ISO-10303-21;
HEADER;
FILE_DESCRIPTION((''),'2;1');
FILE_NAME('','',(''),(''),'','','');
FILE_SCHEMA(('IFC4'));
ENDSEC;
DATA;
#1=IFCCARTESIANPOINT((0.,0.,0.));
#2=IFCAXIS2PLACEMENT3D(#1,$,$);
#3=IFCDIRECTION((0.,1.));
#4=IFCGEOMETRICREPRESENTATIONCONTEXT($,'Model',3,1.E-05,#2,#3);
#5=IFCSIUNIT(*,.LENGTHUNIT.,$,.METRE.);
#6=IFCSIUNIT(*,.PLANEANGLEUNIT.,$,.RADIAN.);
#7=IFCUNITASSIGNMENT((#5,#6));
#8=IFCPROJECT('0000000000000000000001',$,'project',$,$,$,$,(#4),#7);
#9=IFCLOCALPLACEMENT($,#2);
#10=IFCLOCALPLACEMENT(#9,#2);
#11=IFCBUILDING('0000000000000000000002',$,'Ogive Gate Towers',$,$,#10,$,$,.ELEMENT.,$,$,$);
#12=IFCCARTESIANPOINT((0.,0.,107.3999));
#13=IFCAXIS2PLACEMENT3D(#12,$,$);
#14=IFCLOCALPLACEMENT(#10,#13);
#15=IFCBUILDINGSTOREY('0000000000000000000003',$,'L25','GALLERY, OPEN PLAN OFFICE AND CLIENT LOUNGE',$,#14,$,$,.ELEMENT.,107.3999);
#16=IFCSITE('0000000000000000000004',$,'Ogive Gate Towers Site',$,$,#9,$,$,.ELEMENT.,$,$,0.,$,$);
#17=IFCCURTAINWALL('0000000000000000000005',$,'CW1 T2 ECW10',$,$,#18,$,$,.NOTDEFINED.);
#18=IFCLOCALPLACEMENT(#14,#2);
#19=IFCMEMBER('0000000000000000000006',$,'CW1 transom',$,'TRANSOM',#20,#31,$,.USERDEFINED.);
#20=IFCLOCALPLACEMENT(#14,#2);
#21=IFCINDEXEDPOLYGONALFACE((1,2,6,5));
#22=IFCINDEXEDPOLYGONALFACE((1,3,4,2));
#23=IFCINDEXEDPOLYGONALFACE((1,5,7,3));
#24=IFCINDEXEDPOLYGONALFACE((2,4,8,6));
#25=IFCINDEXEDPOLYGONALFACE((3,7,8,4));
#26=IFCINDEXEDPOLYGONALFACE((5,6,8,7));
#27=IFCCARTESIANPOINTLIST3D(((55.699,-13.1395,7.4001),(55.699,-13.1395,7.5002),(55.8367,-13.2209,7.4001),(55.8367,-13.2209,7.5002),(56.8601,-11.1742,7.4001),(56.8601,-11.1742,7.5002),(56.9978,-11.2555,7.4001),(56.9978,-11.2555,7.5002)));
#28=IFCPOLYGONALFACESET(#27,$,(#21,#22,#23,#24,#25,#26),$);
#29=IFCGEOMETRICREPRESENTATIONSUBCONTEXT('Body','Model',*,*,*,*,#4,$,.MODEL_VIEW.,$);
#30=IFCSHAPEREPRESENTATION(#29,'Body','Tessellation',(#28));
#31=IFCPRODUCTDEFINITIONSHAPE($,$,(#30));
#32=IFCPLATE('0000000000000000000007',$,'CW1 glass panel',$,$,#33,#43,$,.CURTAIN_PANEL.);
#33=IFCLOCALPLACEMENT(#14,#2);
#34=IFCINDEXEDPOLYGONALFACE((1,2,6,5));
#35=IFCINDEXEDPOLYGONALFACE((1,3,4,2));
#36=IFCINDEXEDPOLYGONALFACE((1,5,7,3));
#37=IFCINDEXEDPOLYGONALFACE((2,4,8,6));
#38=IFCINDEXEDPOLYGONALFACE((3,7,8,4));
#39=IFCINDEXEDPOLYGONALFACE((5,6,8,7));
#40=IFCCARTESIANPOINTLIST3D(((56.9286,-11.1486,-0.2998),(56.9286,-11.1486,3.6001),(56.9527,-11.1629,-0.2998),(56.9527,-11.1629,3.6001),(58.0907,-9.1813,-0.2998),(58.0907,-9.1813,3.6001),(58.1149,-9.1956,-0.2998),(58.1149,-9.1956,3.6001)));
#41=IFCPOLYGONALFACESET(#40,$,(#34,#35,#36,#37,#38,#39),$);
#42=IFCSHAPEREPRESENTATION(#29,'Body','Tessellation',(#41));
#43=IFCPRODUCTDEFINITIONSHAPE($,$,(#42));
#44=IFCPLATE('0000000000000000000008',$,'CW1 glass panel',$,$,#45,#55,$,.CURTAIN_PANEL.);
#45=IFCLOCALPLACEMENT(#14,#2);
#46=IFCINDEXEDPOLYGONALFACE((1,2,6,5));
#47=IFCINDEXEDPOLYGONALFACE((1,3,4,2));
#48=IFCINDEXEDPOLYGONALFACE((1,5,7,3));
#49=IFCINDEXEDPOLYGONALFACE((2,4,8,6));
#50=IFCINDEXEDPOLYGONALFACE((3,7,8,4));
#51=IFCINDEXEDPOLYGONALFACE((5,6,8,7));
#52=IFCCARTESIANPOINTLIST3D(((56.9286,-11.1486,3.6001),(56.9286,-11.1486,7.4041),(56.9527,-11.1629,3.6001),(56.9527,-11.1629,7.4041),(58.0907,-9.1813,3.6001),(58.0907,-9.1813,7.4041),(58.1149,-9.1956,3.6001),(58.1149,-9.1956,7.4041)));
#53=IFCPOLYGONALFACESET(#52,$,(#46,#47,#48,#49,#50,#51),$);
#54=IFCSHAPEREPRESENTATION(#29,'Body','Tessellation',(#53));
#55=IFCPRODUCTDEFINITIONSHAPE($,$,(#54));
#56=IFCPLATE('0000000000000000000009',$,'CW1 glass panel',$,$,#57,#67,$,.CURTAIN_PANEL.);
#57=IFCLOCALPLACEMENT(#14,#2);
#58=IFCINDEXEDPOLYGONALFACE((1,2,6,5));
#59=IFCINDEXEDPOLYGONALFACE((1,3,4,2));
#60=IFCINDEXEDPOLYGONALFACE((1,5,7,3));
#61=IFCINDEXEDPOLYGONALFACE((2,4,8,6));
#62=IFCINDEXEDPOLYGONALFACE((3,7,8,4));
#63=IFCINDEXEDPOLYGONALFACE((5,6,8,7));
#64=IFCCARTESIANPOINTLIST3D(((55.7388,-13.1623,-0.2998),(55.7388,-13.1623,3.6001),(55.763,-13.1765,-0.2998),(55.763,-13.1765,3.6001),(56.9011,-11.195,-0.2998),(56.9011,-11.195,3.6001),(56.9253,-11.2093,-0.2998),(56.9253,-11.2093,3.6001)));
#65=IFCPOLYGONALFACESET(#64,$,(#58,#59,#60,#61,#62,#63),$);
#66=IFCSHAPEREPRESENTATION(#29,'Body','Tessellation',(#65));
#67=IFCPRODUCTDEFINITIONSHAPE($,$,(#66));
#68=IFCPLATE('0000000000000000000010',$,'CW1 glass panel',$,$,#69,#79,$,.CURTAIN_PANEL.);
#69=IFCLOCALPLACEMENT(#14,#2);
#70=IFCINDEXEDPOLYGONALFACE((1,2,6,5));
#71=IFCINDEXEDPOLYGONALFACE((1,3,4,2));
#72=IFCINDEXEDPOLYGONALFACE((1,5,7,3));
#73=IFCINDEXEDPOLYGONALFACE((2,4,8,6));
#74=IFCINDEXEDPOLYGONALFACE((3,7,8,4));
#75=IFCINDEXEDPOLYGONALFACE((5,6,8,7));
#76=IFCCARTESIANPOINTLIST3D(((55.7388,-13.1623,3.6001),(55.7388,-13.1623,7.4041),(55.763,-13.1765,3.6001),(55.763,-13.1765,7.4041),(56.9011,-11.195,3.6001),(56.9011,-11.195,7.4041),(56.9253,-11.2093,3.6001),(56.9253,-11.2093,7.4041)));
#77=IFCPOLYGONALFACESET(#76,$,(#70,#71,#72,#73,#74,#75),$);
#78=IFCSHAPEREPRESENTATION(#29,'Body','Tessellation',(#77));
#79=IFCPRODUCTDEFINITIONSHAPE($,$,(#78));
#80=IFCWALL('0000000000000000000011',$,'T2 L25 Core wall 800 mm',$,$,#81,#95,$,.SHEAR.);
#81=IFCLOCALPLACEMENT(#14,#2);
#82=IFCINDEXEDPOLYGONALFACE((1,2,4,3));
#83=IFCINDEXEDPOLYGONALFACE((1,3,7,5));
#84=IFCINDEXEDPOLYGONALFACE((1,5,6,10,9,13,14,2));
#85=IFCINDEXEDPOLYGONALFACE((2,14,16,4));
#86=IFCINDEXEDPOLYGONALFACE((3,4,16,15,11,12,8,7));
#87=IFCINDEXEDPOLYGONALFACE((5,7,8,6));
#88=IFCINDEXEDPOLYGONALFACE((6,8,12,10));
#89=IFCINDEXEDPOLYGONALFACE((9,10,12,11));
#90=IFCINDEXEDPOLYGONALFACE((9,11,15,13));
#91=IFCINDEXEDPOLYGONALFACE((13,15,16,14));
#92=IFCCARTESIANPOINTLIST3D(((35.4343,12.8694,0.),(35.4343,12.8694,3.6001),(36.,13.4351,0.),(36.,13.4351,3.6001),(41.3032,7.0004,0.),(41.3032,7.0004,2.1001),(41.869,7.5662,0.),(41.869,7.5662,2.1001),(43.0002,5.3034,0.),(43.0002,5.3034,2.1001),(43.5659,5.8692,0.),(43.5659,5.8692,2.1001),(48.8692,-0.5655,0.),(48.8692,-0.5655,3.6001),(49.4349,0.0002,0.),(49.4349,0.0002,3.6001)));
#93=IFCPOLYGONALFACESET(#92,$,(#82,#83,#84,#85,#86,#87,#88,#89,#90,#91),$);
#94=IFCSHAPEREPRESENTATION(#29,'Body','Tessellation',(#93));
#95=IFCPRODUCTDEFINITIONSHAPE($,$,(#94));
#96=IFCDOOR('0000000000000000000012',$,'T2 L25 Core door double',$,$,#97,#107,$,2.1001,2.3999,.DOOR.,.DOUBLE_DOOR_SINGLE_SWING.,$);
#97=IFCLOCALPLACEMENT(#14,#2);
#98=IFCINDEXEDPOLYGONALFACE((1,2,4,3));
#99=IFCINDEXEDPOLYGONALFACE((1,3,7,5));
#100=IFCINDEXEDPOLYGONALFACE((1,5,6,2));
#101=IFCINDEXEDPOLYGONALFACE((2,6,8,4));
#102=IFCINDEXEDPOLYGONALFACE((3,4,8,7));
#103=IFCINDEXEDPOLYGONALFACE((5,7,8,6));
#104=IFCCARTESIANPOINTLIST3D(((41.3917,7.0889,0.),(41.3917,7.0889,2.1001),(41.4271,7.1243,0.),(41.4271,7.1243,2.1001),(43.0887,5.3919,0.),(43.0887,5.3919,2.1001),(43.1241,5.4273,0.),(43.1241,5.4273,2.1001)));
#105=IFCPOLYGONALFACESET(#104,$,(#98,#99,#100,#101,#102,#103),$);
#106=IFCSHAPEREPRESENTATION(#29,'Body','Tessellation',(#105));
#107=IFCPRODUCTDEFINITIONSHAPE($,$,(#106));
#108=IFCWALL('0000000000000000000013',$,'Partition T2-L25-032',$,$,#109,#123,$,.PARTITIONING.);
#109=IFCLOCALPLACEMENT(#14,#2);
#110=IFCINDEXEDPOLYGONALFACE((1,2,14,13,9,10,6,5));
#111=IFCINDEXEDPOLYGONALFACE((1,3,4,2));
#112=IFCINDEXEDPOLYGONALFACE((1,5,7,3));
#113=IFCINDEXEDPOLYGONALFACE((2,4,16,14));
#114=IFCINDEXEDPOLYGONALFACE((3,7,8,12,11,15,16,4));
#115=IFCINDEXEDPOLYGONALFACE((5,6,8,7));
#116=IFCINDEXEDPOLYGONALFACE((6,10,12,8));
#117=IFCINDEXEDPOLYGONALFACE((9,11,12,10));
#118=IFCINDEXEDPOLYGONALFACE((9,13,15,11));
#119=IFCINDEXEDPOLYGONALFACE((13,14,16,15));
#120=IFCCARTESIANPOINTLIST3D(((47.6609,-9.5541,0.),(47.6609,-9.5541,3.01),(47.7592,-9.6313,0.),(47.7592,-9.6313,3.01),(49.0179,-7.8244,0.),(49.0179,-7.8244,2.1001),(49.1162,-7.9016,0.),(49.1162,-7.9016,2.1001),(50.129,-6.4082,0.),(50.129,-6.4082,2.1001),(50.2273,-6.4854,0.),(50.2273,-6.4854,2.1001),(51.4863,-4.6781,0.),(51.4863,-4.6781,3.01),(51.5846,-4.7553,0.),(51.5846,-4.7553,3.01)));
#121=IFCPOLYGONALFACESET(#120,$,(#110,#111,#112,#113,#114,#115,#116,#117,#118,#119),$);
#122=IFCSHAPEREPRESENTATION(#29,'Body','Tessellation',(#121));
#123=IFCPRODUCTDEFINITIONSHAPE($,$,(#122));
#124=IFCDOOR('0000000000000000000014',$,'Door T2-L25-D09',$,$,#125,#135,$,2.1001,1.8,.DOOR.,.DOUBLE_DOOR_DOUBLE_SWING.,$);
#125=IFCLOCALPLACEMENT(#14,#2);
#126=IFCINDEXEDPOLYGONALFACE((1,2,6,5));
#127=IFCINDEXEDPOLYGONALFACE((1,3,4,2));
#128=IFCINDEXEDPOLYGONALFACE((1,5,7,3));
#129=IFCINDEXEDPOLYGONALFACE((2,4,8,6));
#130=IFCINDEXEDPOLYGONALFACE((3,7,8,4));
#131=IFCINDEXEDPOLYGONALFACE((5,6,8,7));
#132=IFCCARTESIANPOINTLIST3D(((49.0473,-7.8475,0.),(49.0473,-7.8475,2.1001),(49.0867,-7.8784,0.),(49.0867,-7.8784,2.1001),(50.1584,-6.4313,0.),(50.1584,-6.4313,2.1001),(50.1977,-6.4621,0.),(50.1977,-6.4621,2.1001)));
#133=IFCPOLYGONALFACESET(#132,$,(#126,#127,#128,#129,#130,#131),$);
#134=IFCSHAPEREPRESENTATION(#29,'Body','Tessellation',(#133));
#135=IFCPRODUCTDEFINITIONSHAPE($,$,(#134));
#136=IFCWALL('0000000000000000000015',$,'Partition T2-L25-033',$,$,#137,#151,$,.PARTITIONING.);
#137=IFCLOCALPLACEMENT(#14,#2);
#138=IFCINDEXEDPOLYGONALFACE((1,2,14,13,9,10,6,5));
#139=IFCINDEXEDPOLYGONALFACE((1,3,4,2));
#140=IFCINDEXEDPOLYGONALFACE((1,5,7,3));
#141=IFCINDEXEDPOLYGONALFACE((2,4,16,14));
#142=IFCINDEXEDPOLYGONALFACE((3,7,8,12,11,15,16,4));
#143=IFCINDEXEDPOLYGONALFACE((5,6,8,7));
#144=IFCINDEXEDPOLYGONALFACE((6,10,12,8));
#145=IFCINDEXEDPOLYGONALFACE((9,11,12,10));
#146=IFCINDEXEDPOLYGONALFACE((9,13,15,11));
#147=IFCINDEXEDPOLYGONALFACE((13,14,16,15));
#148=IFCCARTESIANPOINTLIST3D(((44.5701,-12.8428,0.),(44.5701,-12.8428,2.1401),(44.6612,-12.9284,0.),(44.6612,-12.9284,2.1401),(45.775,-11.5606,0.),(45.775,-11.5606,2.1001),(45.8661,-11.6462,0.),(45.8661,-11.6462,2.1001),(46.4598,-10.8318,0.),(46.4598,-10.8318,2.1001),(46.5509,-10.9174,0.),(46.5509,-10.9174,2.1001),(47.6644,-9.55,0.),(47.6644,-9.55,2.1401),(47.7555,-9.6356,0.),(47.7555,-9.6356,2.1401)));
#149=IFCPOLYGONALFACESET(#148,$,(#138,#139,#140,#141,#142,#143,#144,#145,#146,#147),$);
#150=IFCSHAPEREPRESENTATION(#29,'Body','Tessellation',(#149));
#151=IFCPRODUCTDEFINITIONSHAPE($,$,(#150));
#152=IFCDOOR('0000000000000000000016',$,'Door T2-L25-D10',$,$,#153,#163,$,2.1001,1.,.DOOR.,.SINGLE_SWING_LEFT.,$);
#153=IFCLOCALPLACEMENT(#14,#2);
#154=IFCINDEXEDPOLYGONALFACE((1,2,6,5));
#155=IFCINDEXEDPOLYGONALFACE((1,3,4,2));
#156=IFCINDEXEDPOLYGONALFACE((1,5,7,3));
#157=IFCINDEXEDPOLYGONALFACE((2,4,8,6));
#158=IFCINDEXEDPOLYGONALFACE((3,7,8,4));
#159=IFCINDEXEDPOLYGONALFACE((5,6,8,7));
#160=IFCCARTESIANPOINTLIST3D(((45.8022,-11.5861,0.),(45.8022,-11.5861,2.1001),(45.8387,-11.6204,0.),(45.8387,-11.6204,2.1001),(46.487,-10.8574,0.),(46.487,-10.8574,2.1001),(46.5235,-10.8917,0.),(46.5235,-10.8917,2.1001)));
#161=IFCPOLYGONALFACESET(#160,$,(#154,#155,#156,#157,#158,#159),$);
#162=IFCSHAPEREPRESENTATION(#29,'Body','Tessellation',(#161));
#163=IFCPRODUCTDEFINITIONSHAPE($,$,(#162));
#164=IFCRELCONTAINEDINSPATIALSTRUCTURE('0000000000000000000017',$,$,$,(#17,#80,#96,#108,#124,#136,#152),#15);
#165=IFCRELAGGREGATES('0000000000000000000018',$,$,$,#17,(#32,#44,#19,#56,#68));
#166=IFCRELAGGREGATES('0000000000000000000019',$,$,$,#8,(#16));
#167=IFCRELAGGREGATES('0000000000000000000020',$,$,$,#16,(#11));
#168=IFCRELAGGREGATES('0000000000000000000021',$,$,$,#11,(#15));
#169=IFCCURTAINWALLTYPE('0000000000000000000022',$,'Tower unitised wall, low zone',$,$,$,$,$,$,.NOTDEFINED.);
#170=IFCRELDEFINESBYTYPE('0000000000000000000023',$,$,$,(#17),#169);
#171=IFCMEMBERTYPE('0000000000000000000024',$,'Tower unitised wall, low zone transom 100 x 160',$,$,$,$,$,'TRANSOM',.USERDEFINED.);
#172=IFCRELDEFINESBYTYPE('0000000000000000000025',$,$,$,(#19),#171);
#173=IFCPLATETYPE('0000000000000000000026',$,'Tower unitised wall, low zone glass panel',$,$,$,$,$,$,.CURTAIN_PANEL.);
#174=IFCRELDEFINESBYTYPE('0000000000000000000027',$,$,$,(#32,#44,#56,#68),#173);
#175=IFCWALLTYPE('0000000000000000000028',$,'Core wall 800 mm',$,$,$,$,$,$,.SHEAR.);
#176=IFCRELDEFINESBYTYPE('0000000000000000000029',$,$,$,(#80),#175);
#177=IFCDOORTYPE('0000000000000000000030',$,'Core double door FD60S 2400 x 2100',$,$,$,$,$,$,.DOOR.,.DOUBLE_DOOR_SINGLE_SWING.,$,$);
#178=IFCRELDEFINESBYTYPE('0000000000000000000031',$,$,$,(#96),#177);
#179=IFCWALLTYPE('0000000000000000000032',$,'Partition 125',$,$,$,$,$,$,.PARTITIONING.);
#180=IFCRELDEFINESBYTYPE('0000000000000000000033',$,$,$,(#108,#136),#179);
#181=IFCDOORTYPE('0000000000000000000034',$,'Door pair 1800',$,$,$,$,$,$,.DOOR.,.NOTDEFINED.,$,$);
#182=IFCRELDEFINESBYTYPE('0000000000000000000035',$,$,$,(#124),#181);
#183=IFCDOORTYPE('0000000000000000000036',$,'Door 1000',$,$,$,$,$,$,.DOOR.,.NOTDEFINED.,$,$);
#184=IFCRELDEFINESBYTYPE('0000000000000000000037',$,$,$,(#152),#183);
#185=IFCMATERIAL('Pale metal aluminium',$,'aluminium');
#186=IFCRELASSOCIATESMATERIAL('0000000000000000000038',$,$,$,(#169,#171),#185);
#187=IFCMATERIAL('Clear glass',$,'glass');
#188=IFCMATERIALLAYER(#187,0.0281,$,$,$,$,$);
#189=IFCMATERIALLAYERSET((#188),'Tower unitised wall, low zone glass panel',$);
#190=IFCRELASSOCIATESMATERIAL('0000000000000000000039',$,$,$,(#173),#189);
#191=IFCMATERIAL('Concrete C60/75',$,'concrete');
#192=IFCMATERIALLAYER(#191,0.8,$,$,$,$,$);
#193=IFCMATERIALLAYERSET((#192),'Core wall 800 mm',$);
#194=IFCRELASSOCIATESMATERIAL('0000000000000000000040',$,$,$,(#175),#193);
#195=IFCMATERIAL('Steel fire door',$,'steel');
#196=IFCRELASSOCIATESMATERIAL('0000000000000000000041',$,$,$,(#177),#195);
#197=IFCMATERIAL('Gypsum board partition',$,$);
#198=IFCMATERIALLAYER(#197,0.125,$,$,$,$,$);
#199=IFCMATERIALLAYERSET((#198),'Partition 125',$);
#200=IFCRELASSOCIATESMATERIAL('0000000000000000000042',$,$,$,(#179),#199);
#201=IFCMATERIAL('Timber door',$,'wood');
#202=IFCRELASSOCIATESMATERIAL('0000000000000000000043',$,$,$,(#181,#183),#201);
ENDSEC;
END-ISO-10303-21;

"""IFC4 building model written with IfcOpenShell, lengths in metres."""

from ifc_helpers import new_model, si_unit, direction, frame, frame_2d, origin, origin_2d, place, context, subcontext, project, spatial, rectangle, extrude, material, layer, layer_set, material_profile, profile_set, type_object, element, fill, aggregate, save


model = new_model("IFC4")

# Units and contexts
model_context = context("Model", 3, precision=1e-05, world=origin(), true_north=direction((0.0, 1.0)))
body_context = subcontext(model_context, "Body", "Model", "MODEL_VIEW")
ifc_project = project(units=[si_unit("LENGTHUNIT", "METRE"), si_unit("PLANEANGLEUNIT", "RADIAN")], contexts=[model_context])

# Site, building, storey
site_placement = place(None, origin())
site = spatial("IfcSite", under=ifc_project, at=site_placement, Name="Ogive Gate Towers Site", CompositionType="ELEMENT", RefElevation=0.0)
building_placement = place(site_placement, origin())
building = spatial("IfcBuilding", under=site, at=building_placement, Name="Ogive Gate Towers", CompositionType="ELEMENT")
storey_placement = place(building_placement, frame((0.0, 0.0, 107.3999)))
storey = spatial("IfcBuildingStorey", under=building, at=storey_placement, Name="L25", Description="GALLERY, OPEN PLAN OFFICE AND CLIENT LOUNGE", CompositionType="ELEMENT", Elevation=107.3999)

# Curtain wall, member, plates
ifc_material_1 = material(Name="Pale metal aluminium", Category="aluminium")
curtain_wall_type = type_object("IfcCurtainWallType", Name="Tower unitised wall, low zone", PredefinedType="NOTDEFINED", material=ifc_material_1)
curtain_wall_placement = place(storey_placement, origin())
curtain_wall = element("IfcCurtainWall", 1, at=curtain_wall_placement, inside=storey, type_object=curtain_wall_type, Name="CW1 T2 ECW10", PredefinedType="NOTDEFINED")
ifc_material_profile_1 = material_profile(ifc_material_1, rectangle(XDim=0.1599, YDim=0.1001, at=origin_2d()), Name="100 x 160 aluminium box")
ifc_profile_set_1 = profile_set([ifc_material_profile_1], Name="Pale metal aluminium")
member_type_1 = type_object("IfcMemberType", Name="Tower unitised wall, low zone transom 100 x 160", ElementType="TRANSOM", PredefinedType="USERDEFINED", material=ifc_profile_set_1)
member_1_placement = place(storey_placement, frame((56.929, -11.2148, 7.4502), z_axis=(-0.508664, -0.860965, 0.0), x_axis=(0.860965, -0.508664, 0.0)))
member_1 = element("IfcMember", 2, at=member_1_placement, type_object=member_type_1, Name="CW1 transom", ObjectType="TRANSOM", PredefinedType="USERDEFINED", context=body_context, shape_type="SweptSolid", body=[
    extrude(rectangle(XDim=0.1599, YDim=0.1001, at=origin_2d()), origin(), (0.0, 0.0, 1.0), 2.2827),
])
ifc_material_2 = material(Name="Clear glass", Category="glass")
ifc_layer_1 = layer(ifc_material_2, 0.0281)
ifc_layer_set_1 = layer_set([ifc_layer_1], Name="Tower unitised wall, low zone glass panel")
plate_type = type_object("IfcPlateType", Name="Tower unitised wall, low zone glass panel", PredefinedType="CURTAIN_PANEL", material=ifc_layer_set_1)
plate_1_placement = place(storey_placement, frame((57.5217, -10.1721, -0.2998), z_axis=(0.0, 0.0, 1.0), x_axis=(-0.508621, -0.860991, 0.0)))
plate_1 = element("IfcPlate", 3, at=plate_1_placement, type_object=plate_type, Name="CW1 glass panel", PredefinedType="CURTAIN_PANEL", context=body_context, shape_type="SweptSolid", body=[
    extrude(rectangle(XDim=2.2849, YDim=0.0281, at=origin_2d()), origin(), (0.0, 0.0, 1.0), 3.8999),
])
plate_2_placement = place(storey_placement, frame((57.5217, -10.1721, 3.6001), z_axis=(0.0, 0.0, 1.0), x_axis=(-0.508621, -0.860991, 0.0)))
plate_2 = element("IfcPlate", 4, at=plate_2_placement, type_object=plate_type, Name="CW1 glass panel", PredefinedType="CURTAIN_PANEL", context=body_context, shape_type="SweptSolid", body=[
    extrude(rectangle(XDim=2.2849, YDim=0.0281, at=origin_2d()), origin(), (0.0, 0.0, 1.0), 3.804),
])
plate_3_placement = place(storey_placement, frame((56.332, -12.1858, -0.2998), z_axis=(0.0, 0.0, 1.0), x_axis=(-0.508681, -0.860955, 0.0)))
plate_3 = element("IfcPlate", 5, at=plate_3_placement, type_object=plate_type, Name="CW1 glass panel", PredefinedType="CURTAIN_PANEL", context=body_context, shape_type="SweptSolid", body=[
    extrude(rectangle(XDim=2.2849, YDim=0.0281, at=origin_2d()), origin(), (0.0, 0.0, 1.0), 3.8999),
])
plate_4_placement = place(storey_placement, frame((56.332, -12.1858, 3.6001), z_axis=(0.0, 0.0, 1.0), x_axis=(-0.508681, -0.860955, 0.0)))
plate_4 = element("IfcPlate", 6, at=plate_4_placement, type_object=plate_type, Name="CW1 glass panel", PredefinedType="CURTAIN_PANEL", context=body_context, shape_type="SweptSolid", body=[
    extrude(rectangle(XDim=2.2849, YDim=0.0281, at=origin_2d()), origin(), (0.0, 0.0, 1.0), 3.804),
])
aggregate(curtain_wall, [plate_1, plate_2, member_1, plate_3, plate_4])

# Walls, openings, doors
ifc_material_3 = material(Name="Concrete C60/75", Category="concrete")
ifc_layer_2 = layer(ifc_material_3, 0.8)
ifc_layer_set_2 = layer_set([ifc_layer_2], Name="Core wall 800 mm")
wall_type_1 = type_object("IfcWallType", Name="Core wall 800 mm", PredefinedType="SHEAR", material=ifc_layer_set_2)
wall_1_placement = place(storey_placement, frame((49.1521, -0.2827, 0.0), z_axis=(0.0, 0.0, 1.0), x_axis=(-0.707107, 0.707107, 0.0)))
wall_1 = element("IfcWall", 7, at=wall_1_placement, inside=storey, type_object=wall_type_1, Name="T2 L25 Core wall 800 mm", PredefinedType="SHEAR", context=body_context, shape_type="SweptSolid", body=[
    extrude(rectangle(XDim=18.9998, YDim=0.8, at=frame_2d((9.5, 0.0))), origin(), (0.0, 0.0, 1.0), 3.6001),
])
opening_1_placement = place(wall_1_placement, frame((8.3, 0.0, 0.0)))
opening_1 = element("IfcOpeningElement", 8, at=opening_1_placement, cuts=wall_1, PredefinedType="OPENING", context=body_context, shape_type="SweptSolid", body=[
    extrude(rectangle(XDim=2.3999, YDim=2.1001, at=frame_2d((1.2, 1.05))), frame((0.0, 0.4102, 0.0), z_axis=(0.0, -1.0, 0.0), x_axis=(1.0, 0.0, 0.0)), (0.0, 0.0, 1.0), 0.8201),
])
ifc_material_4 = material(Name="Steel fire door", Category="steel")
door_type_1 = type_object("IfcDoorType", Name="Core double door FD60S 2400 x 2100", OperationType="DOUBLE_DOOR_SINGLE_SWING", PredefinedType="DOOR", material=ifc_material_4)
door_1_placement = place(opening_1_placement, origin())
door_1 = element("IfcDoor", 9, at=door_1_placement, inside=storey, type_object=door_type_1, Name="T2 L25 Core door double", OperationType="DOUBLE_DOOR_SINGLE_SWING", OverallHeight=2.1001, OverallWidth=2.3999, PredefinedType="DOOR", context=body_context, shape_type="SweptSolid", body=[
    extrude(rectangle(XDim=2.3999, YDim=2.1001, at=frame_2d((1.2, 1.05))), frame((0.0, 0.2749, 0.0), z_axis=(0.0, -1.0, 0.0), x_axis=(1.0, 0.0, 0.0)), (0.0, 0.0, 1.0), 0.05),
])
fill(opening_1, door_1)
ifc_material_5 = material(Name="Gypsum board partition")
ifc_layer_3 = layer(ifc_material_5, 0.125)
ifc_layer_set_3 = layer_set([ifc_layer_3], Name="Partition 125")
wall_type_2 = type_object("IfcWallType", Name="Partition 125", PredefinedType="PARTITIONING", material=ifc_layer_set_3)
wall_2_placement = place(storey_placement, frame((51.5354, -4.7168, 0.0), z_axis=(0.0, 0.0, 1.0), x_axis=(-0.617254, -0.786764, 0.0)))
wall_2 = element("IfcWall", 10, at=wall_2_placement, inside=storey, type_object=wall_type_2, Name="Partition T2-L25-032", PredefinedType="PARTITIONING", context=body_context, shape_type="SweptSolid", body=[
    extrude(rectangle(XDim=6.1975, YDim=0.125, at=frame_2d((3.0986, 0.0))), origin(), (0.0, 0.0, 1.0), 3.01),
])
opening_2_placement = place(wall_2_placement, frame((2.199, 0.0, 0.0)))
opening_2 = element("IfcOpeningElement", 11, at=opening_2_placement, cuts=wall_2, PredefinedType="OPENING", context=body_context, shape_type="SweptSolid", body=[
    extrude(rectangle(XDim=1.8, YDim=2.1001, at=frame_2d((0.8999, 1.05))), frame((0.0, 0.0725, 0.0), z_axis=(0.0, -1.0, 0.0), x_axis=(1.0, 0.0, 0.0)), (0.0, 0.0, 1.0), 0.145),
])
ifc_material_6 = material(Name="Timber door", Category="wood")
door_type_2 = type_object("IfcDoorType", Name="Door pair 1800", OperationType="NOTDEFINED", PredefinedType="DOOR", material=ifc_material_6)
door_2_placement = place(opening_2_placement, origin())
door_2 = element("IfcDoor", 12, at=door_2_placement, inside=storey, type_object=door_type_2, Name="Door T2-L25-D09", OperationType="DOUBLE_DOOR_DOUBLE_SWING", OverallHeight=2.1001, OverallWidth=1.8, PredefinedType="DOOR", context=body_context, shape_type="SweptSolid", body=[
    extrude(rectangle(XDim=1.8, YDim=2.1001, at=frame_2d((0.8999, 1.05))), frame((0.0, 0.0249, 0.0), z_axis=(0.0, -1.0, 0.0), x_axis=(1.0, 0.0, 0.0)), (0.0, 0.0, 1.0), 0.05),
])
fill(opening_2, door_2)
wall_3_placement = place(storey_placement, frame((47.71, -9.5928, 0.0), z_axis=(0.0, 0.0, 1.0), x_axis=(-0.684802, -0.72873, 0.0)))
wall_3 = element("IfcWall", 13, at=wall_3_placement, inside=storey, type_object=wall_type_2, Name="Partition T2-L25-033", PredefinedType="PARTITIONING", context=body_context, shape_type="SweptSolid", body=[
    extrude(rectangle(XDim=4.5186, YDim=0.125, at=frame_2d((2.2593, 0.0))), origin(), (0.0, 0.0, 1.0), 2.1401),
])
opening_3_placement = place(wall_3_placement, frame((1.759, 0.0, 0.0)))
opening_3 = element("IfcOpeningElement", 14, at=opening_3_placement, cuts=wall_3, PredefinedType="OPENING", context=body_context, shape_type="SweptSolid", body=[
    extrude(rectangle(XDim=1.0, YDim=2.1001, at=frame_2d((0.5, 1.05))), frame((0.0, 0.0725, 0.0), z_axis=(0.0, -1.0, 0.0), x_axis=(1.0, 0.0, 0.0)), (0.0, 0.0, 1.0), 0.145),
])
door_type_3 = type_object("IfcDoorType", Name="Door 1000", OperationType="NOTDEFINED", PredefinedType="DOOR", material=ifc_material_6)
door_3_placement = place(opening_3_placement, origin())
door_3 = element("IfcDoor", 15, at=door_3_placement, inside=storey, type_object=door_type_3, Name="Door T2-L25-D10", OperationType="SINGLE_SWING_LEFT", OverallHeight=2.1001, OverallWidth=1.0, PredefinedType="DOOR", context=body_context, shape_type="SweptSolid", body=[
    extrude(rectangle(XDim=1.0, YDim=2.1001, at=frame_2d((0.5, 1.05))), frame((0.0, 0.0249, 0.0), z_axis=(0.0, -1.0, 0.0), x_axis=(1.0, 0.0, 0.0)), (0.0, 0.0, 1.0), 0.05),
])
fill(opening_3, door_3)

save(model, "model.ifc")
